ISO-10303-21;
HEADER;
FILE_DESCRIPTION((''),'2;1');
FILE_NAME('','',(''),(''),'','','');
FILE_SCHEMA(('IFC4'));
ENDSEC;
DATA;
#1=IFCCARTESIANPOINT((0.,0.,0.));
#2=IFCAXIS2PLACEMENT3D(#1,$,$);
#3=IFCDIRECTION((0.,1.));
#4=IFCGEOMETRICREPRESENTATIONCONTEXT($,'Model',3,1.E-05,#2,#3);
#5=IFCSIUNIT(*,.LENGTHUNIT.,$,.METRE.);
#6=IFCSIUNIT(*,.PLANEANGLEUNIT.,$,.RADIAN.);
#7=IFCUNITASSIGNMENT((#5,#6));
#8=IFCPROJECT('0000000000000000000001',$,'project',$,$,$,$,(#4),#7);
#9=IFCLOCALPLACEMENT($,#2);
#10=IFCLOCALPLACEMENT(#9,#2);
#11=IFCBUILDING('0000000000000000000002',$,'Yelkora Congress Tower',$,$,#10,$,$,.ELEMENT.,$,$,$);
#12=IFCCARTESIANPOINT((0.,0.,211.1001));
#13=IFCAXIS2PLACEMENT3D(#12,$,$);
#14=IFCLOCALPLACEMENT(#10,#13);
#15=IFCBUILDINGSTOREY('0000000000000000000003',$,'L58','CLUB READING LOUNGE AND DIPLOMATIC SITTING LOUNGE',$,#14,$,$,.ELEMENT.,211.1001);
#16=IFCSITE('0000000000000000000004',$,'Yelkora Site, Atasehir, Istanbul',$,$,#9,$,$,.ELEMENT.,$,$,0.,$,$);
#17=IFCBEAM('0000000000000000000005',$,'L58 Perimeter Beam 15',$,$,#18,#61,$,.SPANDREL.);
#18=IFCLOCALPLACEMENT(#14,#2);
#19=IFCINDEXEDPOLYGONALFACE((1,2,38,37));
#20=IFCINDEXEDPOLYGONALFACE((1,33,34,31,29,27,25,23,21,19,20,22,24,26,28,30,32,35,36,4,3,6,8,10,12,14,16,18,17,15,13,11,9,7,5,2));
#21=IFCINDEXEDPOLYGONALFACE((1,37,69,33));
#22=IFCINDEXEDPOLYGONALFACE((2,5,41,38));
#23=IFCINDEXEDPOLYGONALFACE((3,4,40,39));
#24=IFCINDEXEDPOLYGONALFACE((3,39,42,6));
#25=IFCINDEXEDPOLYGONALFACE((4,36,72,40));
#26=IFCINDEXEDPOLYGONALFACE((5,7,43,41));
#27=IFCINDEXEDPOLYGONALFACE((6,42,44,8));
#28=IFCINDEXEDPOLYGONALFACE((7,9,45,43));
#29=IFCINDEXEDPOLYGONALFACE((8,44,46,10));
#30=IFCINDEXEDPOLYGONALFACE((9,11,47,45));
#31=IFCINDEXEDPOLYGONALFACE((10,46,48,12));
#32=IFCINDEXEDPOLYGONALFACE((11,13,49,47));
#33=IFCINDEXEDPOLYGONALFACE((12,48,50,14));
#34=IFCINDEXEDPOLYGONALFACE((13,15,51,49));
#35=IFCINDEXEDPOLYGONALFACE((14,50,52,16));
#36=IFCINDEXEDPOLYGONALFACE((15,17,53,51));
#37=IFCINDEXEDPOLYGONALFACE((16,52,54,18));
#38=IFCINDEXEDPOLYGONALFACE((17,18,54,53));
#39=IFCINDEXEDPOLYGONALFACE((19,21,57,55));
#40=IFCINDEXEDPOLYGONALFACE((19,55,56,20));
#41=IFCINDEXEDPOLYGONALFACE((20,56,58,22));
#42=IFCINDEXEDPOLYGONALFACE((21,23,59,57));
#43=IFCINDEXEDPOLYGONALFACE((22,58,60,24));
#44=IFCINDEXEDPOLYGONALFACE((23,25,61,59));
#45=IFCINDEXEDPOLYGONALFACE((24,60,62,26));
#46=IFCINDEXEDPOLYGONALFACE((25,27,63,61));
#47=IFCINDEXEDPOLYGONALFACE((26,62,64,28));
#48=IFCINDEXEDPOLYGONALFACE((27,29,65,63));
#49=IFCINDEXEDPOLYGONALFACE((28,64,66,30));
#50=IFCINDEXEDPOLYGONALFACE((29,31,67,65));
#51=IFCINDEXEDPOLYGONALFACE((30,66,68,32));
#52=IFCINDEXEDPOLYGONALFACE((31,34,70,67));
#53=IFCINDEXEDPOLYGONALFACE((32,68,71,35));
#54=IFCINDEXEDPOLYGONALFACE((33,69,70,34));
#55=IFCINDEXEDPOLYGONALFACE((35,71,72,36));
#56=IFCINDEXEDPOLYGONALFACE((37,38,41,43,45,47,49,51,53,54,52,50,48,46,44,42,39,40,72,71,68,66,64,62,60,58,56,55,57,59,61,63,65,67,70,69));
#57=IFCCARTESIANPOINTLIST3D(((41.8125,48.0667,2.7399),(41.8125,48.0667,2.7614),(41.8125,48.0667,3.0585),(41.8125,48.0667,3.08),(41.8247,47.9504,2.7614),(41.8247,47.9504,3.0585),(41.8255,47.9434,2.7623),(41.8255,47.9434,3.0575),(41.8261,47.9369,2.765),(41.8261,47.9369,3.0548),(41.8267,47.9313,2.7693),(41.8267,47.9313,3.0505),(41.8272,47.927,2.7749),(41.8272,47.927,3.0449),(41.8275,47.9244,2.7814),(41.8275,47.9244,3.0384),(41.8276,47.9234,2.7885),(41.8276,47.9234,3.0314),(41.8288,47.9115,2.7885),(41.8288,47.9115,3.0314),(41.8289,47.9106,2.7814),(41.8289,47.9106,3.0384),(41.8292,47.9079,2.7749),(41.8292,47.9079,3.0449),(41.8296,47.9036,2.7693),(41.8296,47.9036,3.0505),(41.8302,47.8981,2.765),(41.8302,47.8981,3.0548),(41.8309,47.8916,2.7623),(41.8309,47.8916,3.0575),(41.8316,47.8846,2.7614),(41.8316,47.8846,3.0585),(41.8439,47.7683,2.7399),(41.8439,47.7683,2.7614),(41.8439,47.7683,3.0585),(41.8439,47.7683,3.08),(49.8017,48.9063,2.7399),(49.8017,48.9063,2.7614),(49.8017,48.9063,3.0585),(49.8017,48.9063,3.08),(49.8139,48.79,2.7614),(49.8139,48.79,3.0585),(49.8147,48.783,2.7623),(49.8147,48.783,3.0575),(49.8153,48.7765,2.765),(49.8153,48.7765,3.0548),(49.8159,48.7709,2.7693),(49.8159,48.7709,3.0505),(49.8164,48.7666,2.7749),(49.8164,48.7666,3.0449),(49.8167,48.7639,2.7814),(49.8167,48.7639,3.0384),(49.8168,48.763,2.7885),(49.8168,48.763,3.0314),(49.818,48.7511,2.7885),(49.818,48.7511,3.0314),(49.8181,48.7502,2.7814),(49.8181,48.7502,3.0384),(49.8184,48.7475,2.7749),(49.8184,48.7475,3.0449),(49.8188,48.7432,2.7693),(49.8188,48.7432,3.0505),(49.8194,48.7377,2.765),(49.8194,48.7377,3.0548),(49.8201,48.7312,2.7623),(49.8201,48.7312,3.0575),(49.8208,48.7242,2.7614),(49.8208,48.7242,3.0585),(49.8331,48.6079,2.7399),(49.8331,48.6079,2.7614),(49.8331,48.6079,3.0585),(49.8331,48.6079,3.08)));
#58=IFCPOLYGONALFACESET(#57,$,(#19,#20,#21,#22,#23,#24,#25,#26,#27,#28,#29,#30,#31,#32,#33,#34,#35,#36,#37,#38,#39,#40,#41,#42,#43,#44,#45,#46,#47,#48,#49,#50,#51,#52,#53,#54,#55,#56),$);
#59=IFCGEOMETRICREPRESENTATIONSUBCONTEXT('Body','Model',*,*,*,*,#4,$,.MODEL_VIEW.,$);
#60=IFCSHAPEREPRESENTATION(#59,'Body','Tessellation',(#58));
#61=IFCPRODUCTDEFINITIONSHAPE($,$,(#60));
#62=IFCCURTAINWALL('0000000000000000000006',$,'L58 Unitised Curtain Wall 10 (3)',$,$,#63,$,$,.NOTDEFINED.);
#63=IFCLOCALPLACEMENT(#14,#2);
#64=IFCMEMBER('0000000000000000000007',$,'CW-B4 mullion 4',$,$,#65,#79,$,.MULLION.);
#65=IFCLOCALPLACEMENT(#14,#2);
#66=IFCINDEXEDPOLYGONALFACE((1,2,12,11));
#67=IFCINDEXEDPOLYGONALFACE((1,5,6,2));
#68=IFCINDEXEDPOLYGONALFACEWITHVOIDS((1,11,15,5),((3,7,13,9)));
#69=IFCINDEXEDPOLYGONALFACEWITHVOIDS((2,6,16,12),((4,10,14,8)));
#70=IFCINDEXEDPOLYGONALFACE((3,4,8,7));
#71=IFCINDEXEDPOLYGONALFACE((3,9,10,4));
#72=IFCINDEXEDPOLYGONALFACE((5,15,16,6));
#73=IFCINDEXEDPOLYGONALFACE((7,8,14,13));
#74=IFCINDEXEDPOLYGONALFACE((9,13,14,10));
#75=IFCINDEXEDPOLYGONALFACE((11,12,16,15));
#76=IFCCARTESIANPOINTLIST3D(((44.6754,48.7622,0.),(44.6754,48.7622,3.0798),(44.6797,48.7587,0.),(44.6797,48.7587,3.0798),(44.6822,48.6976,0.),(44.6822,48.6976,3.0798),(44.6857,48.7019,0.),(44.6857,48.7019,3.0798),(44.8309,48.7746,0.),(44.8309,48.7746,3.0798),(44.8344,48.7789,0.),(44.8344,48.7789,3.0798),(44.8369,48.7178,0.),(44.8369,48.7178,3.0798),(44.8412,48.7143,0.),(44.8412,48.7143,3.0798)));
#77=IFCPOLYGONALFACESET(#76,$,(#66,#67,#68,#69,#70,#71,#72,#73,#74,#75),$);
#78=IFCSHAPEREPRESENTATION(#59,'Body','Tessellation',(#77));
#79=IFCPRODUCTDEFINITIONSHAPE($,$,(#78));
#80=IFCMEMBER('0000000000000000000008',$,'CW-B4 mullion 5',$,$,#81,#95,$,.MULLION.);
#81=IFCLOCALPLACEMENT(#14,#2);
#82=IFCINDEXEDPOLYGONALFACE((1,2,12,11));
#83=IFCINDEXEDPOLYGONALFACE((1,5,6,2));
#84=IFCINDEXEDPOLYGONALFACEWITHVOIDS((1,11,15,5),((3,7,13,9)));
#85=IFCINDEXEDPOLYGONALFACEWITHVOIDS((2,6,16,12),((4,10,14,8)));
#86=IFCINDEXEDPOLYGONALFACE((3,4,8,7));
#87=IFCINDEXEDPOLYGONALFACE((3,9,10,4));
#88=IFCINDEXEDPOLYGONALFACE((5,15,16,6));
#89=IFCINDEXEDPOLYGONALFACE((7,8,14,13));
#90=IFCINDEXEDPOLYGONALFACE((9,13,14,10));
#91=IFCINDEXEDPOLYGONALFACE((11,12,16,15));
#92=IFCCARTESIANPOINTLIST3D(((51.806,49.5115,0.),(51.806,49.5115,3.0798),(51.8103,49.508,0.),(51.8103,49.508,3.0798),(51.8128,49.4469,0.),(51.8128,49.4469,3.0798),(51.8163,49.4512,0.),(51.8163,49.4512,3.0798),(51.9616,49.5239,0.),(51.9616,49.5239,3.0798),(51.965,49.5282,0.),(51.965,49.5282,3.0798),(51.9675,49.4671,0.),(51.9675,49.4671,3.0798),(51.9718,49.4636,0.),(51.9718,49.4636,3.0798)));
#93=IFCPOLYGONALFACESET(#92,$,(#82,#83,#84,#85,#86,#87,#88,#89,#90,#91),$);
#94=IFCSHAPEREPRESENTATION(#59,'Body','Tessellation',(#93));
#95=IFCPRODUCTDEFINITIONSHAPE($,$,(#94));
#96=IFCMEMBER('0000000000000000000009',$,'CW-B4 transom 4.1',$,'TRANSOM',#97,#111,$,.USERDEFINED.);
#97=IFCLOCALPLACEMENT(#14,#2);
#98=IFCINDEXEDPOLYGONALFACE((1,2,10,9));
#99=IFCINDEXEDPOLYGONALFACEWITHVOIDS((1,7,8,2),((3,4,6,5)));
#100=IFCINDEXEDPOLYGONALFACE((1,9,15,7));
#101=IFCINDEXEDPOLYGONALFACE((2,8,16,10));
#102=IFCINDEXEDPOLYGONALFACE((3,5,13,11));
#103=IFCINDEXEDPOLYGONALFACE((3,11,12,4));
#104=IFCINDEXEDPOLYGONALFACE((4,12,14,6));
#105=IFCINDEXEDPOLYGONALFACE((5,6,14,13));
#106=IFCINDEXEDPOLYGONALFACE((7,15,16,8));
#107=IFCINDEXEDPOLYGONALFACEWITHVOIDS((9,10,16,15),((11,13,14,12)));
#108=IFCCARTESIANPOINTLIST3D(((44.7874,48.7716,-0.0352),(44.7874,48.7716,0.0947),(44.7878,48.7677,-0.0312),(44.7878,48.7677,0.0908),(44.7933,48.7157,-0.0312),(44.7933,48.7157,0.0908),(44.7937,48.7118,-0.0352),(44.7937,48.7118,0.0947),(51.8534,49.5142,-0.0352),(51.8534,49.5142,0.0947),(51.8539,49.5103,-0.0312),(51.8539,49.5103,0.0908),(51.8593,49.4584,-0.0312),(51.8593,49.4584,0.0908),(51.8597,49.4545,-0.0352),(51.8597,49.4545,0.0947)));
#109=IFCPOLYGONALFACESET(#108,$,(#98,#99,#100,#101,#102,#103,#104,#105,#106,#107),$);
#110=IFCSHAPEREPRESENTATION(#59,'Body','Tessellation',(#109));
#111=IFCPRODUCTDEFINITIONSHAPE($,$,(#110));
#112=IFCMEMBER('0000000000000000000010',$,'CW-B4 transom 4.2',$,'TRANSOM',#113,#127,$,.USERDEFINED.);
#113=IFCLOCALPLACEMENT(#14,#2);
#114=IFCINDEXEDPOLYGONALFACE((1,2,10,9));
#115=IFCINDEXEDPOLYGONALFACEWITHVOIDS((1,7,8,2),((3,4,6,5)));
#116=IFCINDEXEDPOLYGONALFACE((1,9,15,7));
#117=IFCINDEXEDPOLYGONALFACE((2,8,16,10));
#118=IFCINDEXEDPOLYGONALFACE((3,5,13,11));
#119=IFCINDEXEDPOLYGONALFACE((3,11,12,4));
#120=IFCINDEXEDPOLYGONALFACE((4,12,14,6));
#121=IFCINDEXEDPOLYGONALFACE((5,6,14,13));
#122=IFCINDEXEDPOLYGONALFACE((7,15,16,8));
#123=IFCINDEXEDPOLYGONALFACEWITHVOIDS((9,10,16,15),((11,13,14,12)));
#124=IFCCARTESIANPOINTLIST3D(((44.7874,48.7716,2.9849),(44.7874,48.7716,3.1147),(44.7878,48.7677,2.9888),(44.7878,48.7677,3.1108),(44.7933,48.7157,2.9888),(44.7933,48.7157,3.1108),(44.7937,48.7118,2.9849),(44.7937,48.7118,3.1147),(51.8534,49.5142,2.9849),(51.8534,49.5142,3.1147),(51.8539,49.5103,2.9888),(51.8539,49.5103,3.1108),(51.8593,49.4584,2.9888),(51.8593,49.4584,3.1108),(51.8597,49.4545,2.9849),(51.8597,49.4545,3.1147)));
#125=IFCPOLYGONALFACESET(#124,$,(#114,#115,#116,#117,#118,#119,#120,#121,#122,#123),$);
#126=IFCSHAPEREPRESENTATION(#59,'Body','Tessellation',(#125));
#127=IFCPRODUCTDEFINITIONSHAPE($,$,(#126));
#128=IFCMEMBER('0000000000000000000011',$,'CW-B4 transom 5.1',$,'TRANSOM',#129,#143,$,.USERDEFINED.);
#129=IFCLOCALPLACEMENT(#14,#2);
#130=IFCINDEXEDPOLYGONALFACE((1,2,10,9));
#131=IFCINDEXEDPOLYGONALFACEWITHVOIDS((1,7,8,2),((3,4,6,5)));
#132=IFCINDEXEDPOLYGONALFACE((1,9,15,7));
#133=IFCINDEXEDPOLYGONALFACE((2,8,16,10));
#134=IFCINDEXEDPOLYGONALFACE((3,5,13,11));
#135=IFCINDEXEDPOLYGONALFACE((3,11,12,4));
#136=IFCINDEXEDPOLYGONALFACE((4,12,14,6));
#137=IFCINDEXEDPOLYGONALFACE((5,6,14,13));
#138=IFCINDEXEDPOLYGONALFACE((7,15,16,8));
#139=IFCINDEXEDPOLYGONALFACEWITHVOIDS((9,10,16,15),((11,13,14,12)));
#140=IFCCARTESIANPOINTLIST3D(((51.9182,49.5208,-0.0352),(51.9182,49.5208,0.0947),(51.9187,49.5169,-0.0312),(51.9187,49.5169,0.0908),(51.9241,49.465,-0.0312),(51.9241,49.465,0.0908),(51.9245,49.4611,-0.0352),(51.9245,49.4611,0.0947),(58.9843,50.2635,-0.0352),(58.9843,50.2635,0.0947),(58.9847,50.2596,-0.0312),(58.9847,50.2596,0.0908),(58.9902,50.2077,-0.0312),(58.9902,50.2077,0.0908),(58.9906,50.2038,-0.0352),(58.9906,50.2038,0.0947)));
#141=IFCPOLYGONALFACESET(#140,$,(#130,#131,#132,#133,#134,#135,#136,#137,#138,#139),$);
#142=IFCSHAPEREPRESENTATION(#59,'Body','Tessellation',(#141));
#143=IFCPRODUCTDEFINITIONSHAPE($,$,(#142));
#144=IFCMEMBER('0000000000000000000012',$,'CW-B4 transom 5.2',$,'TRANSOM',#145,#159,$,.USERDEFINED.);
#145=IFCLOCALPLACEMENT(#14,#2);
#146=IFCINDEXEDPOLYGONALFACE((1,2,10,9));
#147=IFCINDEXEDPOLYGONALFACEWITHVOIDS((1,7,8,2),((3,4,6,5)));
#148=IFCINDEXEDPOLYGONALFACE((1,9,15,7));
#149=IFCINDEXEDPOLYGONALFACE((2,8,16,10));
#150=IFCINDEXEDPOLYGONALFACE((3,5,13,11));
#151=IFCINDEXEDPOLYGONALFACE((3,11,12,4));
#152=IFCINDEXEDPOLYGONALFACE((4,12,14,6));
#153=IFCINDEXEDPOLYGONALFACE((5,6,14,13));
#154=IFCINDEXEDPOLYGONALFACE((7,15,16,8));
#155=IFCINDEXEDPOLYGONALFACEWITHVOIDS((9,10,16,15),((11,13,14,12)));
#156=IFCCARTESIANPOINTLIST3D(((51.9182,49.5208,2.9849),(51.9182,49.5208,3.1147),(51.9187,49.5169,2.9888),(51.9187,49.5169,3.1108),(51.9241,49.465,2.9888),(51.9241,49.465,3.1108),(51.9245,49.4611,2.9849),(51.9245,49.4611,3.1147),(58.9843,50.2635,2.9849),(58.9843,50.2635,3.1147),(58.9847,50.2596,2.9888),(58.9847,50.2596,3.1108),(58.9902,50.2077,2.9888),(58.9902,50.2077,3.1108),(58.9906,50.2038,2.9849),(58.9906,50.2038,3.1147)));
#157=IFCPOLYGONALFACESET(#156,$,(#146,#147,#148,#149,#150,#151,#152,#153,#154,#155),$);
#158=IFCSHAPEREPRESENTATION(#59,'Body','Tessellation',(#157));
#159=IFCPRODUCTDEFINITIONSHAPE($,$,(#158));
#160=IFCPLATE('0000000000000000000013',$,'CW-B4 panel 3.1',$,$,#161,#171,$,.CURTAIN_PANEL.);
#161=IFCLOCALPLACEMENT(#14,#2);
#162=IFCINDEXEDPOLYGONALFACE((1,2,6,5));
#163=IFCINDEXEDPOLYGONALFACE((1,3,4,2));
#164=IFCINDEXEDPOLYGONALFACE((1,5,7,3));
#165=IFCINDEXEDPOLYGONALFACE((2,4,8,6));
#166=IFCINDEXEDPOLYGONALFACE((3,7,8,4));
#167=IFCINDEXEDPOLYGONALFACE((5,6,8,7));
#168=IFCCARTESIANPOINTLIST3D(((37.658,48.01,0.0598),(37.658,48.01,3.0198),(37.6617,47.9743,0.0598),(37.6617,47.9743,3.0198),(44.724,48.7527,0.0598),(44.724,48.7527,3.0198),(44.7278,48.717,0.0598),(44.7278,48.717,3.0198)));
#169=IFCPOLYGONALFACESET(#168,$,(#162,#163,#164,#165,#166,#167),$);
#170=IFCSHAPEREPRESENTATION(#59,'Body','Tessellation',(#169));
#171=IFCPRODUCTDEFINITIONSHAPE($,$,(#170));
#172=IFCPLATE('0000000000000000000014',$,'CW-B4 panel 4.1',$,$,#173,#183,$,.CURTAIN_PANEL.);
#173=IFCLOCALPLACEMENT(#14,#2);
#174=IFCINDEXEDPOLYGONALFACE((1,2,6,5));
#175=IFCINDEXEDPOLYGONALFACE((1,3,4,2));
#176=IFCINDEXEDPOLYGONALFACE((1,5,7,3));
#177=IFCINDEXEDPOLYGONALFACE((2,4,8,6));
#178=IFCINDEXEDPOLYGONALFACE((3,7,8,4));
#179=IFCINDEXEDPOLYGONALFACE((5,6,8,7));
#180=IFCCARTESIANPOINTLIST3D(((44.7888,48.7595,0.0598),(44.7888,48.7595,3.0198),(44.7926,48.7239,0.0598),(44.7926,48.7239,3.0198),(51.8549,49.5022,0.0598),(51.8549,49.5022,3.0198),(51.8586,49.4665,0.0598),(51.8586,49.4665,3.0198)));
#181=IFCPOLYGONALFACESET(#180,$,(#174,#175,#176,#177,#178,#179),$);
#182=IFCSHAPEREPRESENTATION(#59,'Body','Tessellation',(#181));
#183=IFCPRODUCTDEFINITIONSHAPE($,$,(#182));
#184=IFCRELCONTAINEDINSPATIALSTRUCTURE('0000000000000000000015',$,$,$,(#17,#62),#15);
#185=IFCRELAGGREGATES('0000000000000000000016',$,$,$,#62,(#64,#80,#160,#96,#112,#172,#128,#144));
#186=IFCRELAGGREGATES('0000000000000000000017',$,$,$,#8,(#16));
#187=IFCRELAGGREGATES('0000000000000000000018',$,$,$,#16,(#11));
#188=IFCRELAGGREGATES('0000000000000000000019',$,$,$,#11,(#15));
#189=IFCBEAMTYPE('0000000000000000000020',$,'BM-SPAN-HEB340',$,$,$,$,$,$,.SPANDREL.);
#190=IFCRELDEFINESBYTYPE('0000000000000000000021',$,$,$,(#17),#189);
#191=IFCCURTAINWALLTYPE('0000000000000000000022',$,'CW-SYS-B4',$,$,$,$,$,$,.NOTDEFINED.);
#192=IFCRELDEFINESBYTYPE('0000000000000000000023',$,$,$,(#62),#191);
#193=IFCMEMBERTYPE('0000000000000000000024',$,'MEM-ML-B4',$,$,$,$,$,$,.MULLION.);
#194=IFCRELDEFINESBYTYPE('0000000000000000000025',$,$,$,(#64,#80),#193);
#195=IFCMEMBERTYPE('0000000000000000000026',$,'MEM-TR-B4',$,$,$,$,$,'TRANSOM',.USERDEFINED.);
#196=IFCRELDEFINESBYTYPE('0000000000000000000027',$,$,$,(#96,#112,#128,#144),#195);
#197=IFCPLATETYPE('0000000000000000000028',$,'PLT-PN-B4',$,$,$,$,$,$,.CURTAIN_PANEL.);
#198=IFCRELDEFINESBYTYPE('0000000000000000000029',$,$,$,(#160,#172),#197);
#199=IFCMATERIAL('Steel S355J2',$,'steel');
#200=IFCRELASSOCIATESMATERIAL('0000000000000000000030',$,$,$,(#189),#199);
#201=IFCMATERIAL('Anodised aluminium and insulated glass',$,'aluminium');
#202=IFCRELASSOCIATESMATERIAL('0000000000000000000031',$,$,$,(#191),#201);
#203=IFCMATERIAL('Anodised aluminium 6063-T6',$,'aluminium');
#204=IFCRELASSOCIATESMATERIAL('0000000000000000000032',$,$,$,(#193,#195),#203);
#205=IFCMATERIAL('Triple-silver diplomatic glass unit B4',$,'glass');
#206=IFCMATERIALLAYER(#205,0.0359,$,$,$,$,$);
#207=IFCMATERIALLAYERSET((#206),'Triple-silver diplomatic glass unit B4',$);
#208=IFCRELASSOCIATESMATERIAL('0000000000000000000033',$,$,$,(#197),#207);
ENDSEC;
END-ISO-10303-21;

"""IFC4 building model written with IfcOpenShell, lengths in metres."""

from ifc_helpers import new_model, si_unit, direction, frame, origin, origin_2d, place, context, subcontext, project, spatial, rectangle, hollow_rectangle, i_section, extrude, material, layer, layer_set, material_profile, profile_set, type_object, element, aggregate, save


model = new_model("IFC4")

# Units and contexts
model_context = context("Model", 3, precision=1e-05, world=origin(), true_north=direction((0.0, 1.0)))
body_context = subcontext(model_context, "Body", "Model", "MODEL_VIEW")
ifc_project = project(units=[si_unit("LENGTHUNIT", "METRE"), si_unit("PLANEANGLEUNIT", "RADIAN")], contexts=[model_context])

# Site, building, storey
site_placement = place(None, origin())
site = spatial("IfcSite", under=ifc_project, at=site_placement, Name="Yelkora Site, Atasehir, Istanbul", CompositionType="ELEMENT", RefElevation=0.0)
building_placement = place(site_placement, origin())
building = spatial("IfcBuilding", under=site, at=building_placement, Name="Yelkora Congress Tower", CompositionType="ELEMENT")
storey_placement = place(building_placement, frame((0.0, 0.0, 211.1001)))
storey = spatial("IfcBuildingStorey", under=building, at=storey_placement, Name="L58", Description="CLUB READING LOUNGE AND DIPLOMATIC SITTING LOUNGE", CompositionType="ELEMENT", Elevation=211.1001)

# Shared definitions
ifc_material_1 = material(Name="Steel S355J2", Category="steel")

# Beam
ifc_material_profile_1 = material_profile(ifc_material_1, i_section(OverallWidth=0.3, OverallDepth=0.3401, WebThickness=0.012, FlangeThickness=0.0215, FilletRadius=0.0271, at=origin_2d()), Name="HEB 340")
ifc_profile_set_1 = profile_set([ifc_material_profile_1], Name="Steel S355J2")
beam_type_1 = type_object("IfcBeamType", Name="BM-SPAN-HEB340", PredefinedType="SPANDREL", material=ifc_profile_set_1)
beam_1_placement = place(storey_placement, frame((49.8174, 48.7571, 2.9099), z_axis=(-0.994523, -0.104516, 0.0), x_axis=(0.104516, -0.994523, 0.0)))
element("IfcBeam", 1, at=beam_1_placement, inside=storey, type_object=beam_type_1, Name="L58 Perimeter Beam 15", PredefinedType="SPANDREL", context=body_context, shape_type="SweptSolid", body=[
    extrude(i_section(OverallWidth=0.3, OverallDepth=0.3401, WebThickness=0.012, FlangeThickness=0.0215, FilletRadius=0.0271, at=origin_2d()), origin(), (0.0, 0.0, 1.0), 8.0332),
])

# Curtain wall, members, plates
ifc_material_2 = material(Name="Anodised aluminium and insulated glass", Category="aluminium")
curtain_wall_type = type_object("IfcCurtainWallType", Name="CW-SYS-B4", PredefinedType="NOTDEFINED", material=ifc_material_2)
curtain_wall_placement = place(storey_placement, origin())
curtain_wall = element("IfcCurtainWall", 2, at=curtain_wall_placement, inside=storey, type_object=curtain_wall_type, Name="L58 Unitised Curtain Wall 10 (3)", PredefinedType="NOTDEFINED")
ifc_material_3 = material(Name="Anodised aluminium 6063-T6", Category="aluminium")
ifc_material_profile_2 = material_profile(ifc_material_3, hollow_rectangle(XDim=0.0649, YDim=0.1599, WallThickness=0.0039, at=origin_2d()), Name="ALU 65x160x4")
ifc_profile_set_2 = profile_set([ifc_material_profile_2], Name="Anodised aluminium 6063-T6")
member_type_1 = type_object("IfcMemberType", Name="MEM-ML-B4", PredefinedType="MULLION", material=ifc_profile_set_2)
member_1_placement = place(storey_placement, frame((44.7583, 48.7383, 0.0), z_axis=(0.0, 0.0, 1.0), x_axis=(-0.104528, 0.994522, 0.0)))
member_1 = element("IfcMember", 3, at=member_1_placement, type_object=member_type_1, Name="CW-B4 mullion 4", PredefinedType="MULLION", context=body_context, shape_type="SweptSolid", body=[
    extrude(hollow_rectangle(XDim=0.0649, YDim=0.1599, WallThickness=0.0039, at=origin_2d()), origin(), (0.0, 0.0, 1.0), 3.0798),
])
member_2_placement = place(storey_placement, frame((51.8889, 49.4875, 0.0), z_axis=(0.0, 0.0, 1.0), x_axis=(-0.104528, 0.994522, 0.0)))
member_2 = element("IfcMember", 4, at=member_2_placement, type_object=member_type_1, Name="CW-B4 mullion 5", PredefinedType="MULLION", context=body_context, shape_type="SweptSolid", body=[
    extrude(hollow_rectangle(XDim=0.0649, YDim=0.1599, WallThickness=0.0039, at=origin_2d()), origin(), (0.0, 0.0, 1.0), 3.0798),
])
ifc_material_profile_3 = material_profile(ifc_material_3, hollow_rectangle(XDim=0.0601, YDim=0.1299, WallThickness=0.0039, at=origin_2d()), Name="ALU 60x130x4")
ifc_profile_set_3 = profile_set([ifc_material_profile_3], Name="Anodised aluminium 6063-T6")
member_type_2 = type_object("IfcMemberType", Name="MEM-TR-B4", ElementType="TRANSOM", PredefinedType="USERDEFINED", material=ifc_profile_set_3)
member_3_placement = place(storey_placement, frame((44.7905, 48.7417, 0.0298), z_axis=(0.994522, 0.104527, 0.0), x_axis=(-0.104527, 0.994522, 0.0)))
member_3 = element("IfcMember", 5, at=member_3_placement, type_object=member_type_2, Name="CW-B4 transom 4.1", ObjectType="TRANSOM", PredefinedType="USERDEFINED", context=body_context, shape_type="SweptSolid", body=[
    extrude(hollow_rectangle(XDim=0.0601, YDim=0.1299, WallThickness=0.0039, at=origin_2d()), origin(), (0.0, 0.0, 1.0), 7.105),
])
member_4_placement = place(storey_placement, frame((44.7905, 48.7417, 3.0498), z_axis=(0.994522, 0.104527, 0.0), x_axis=(-0.104527, 0.994522, 0.0)))
member_4 = element("IfcMember", 6, at=member_4_placement, type_object=member_type_2, Name="CW-B4 transom 4.2", ObjectType="TRANSOM", PredefinedType="USERDEFINED", context=body_context, shape_type="SweptSolid", body=[
    extrude(hollow_rectangle(XDim=0.0601, YDim=0.1299, WallThickness=0.0039, at=origin_2d()), origin(), (0.0, 0.0, 1.0), 7.105),
])
member_5_placement = place(storey_placement, frame((51.9214, 49.491, 0.0298), z_axis=(0.994522, 0.104527, 0.0), x_axis=(-0.104527, 0.994522, 0.0)))
member_5 = element("IfcMember", 7, at=member_5_placement, type_object=member_type_2, Name="CW-B4 transom 5.1", ObjectType="TRANSOM", PredefinedType="USERDEFINED", context=body_context, shape_type="SweptSolid", body=[
    extrude(hollow_rectangle(XDim=0.0601, YDim=0.1299, WallThickness=0.0039, at=origin_2d()), origin(), (0.0, 0.0, 1.0), 7.105),
])
member_6_placement = place(storey_placement, frame((51.9214, 49.491, 3.0498), z_axis=(0.994522, 0.104527, 0.0), x_axis=(-0.104527, 0.994522, 0.0)))
member_6 = element("IfcMember", 8, at=member_6_placement, type_object=member_type_2, Name="CW-B4 transom 5.2", ObjectType="TRANSOM", PredefinedType="USERDEFINED", context=body_context, shape_type="SweptSolid", body=[
    extrude(hollow_rectangle(XDim=0.0601, YDim=0.1299, WallThickness=0.0039, at=origin_2d()), origin(), (0.0, 0.0, 1.0), 7.105),
])
ifc_material_4 = material(Name="Triple-silver diplomatic glass unit B4", Category="glass")
ifc_layer_1 = layer(ifc_material_4, 0.0359)
ifc_layer_set_1 = layer_set([ifc_layer_1], Name="Triple-silver diplomatic glass unit B4")
plate_type = type_object("IfcPlateType", Name="PLT-PN-B4", PredefinedType="CURTAIN_PANEL", material=ifc_layer_set_1)
plate_1_placement = place(storey_placement, frame((41.1929, 48.3635, 0.0598), z_axis=(0.0, 0.0, 1.0), x_axis=(0.994522, 0.104528, 0.0)))
plate_1 = element("IfcPlate", 9, at=plate_1_placement, type_object=plate_type, Name="CW-B4 panel 3.1", PredefinedType="CURTAIN_PANEL", context=body_context, shape_type="SweptSolid", body=[
    extrude(rectangle(XDim=7.105, YDim=0.0359, at=origin_2d()), origin(), (0.0, 0.0, 1.0), 2.96),
])
plate_2_placement = place(storey_placement, frame((48.3237, 49.113, 0.0598), z_axis=(0.0, 0.0, 1.0), x_axis=(0.994522, 0.104528, 0.0)))
plate_2 = element("IfcPlate", 10, at=plate_2_placement, type_object=plate_type, Name="CW-B4 panel 4.1", PredefinedType="CURTAIN_PANEL", context=body_context, shape_type="SweptSolid", body=[
    extrude(rectangle(XDim=7.105, YDim=0.0359, at=origin_2d()), origin(), (0.0, 0.0, 1.0), 2.96),
])
aggregate(curtain_wall, [member_1, member_2, plate_1, member_3, member_4, plate_2, member_5, member_6])

save(model, "model.ifc")
